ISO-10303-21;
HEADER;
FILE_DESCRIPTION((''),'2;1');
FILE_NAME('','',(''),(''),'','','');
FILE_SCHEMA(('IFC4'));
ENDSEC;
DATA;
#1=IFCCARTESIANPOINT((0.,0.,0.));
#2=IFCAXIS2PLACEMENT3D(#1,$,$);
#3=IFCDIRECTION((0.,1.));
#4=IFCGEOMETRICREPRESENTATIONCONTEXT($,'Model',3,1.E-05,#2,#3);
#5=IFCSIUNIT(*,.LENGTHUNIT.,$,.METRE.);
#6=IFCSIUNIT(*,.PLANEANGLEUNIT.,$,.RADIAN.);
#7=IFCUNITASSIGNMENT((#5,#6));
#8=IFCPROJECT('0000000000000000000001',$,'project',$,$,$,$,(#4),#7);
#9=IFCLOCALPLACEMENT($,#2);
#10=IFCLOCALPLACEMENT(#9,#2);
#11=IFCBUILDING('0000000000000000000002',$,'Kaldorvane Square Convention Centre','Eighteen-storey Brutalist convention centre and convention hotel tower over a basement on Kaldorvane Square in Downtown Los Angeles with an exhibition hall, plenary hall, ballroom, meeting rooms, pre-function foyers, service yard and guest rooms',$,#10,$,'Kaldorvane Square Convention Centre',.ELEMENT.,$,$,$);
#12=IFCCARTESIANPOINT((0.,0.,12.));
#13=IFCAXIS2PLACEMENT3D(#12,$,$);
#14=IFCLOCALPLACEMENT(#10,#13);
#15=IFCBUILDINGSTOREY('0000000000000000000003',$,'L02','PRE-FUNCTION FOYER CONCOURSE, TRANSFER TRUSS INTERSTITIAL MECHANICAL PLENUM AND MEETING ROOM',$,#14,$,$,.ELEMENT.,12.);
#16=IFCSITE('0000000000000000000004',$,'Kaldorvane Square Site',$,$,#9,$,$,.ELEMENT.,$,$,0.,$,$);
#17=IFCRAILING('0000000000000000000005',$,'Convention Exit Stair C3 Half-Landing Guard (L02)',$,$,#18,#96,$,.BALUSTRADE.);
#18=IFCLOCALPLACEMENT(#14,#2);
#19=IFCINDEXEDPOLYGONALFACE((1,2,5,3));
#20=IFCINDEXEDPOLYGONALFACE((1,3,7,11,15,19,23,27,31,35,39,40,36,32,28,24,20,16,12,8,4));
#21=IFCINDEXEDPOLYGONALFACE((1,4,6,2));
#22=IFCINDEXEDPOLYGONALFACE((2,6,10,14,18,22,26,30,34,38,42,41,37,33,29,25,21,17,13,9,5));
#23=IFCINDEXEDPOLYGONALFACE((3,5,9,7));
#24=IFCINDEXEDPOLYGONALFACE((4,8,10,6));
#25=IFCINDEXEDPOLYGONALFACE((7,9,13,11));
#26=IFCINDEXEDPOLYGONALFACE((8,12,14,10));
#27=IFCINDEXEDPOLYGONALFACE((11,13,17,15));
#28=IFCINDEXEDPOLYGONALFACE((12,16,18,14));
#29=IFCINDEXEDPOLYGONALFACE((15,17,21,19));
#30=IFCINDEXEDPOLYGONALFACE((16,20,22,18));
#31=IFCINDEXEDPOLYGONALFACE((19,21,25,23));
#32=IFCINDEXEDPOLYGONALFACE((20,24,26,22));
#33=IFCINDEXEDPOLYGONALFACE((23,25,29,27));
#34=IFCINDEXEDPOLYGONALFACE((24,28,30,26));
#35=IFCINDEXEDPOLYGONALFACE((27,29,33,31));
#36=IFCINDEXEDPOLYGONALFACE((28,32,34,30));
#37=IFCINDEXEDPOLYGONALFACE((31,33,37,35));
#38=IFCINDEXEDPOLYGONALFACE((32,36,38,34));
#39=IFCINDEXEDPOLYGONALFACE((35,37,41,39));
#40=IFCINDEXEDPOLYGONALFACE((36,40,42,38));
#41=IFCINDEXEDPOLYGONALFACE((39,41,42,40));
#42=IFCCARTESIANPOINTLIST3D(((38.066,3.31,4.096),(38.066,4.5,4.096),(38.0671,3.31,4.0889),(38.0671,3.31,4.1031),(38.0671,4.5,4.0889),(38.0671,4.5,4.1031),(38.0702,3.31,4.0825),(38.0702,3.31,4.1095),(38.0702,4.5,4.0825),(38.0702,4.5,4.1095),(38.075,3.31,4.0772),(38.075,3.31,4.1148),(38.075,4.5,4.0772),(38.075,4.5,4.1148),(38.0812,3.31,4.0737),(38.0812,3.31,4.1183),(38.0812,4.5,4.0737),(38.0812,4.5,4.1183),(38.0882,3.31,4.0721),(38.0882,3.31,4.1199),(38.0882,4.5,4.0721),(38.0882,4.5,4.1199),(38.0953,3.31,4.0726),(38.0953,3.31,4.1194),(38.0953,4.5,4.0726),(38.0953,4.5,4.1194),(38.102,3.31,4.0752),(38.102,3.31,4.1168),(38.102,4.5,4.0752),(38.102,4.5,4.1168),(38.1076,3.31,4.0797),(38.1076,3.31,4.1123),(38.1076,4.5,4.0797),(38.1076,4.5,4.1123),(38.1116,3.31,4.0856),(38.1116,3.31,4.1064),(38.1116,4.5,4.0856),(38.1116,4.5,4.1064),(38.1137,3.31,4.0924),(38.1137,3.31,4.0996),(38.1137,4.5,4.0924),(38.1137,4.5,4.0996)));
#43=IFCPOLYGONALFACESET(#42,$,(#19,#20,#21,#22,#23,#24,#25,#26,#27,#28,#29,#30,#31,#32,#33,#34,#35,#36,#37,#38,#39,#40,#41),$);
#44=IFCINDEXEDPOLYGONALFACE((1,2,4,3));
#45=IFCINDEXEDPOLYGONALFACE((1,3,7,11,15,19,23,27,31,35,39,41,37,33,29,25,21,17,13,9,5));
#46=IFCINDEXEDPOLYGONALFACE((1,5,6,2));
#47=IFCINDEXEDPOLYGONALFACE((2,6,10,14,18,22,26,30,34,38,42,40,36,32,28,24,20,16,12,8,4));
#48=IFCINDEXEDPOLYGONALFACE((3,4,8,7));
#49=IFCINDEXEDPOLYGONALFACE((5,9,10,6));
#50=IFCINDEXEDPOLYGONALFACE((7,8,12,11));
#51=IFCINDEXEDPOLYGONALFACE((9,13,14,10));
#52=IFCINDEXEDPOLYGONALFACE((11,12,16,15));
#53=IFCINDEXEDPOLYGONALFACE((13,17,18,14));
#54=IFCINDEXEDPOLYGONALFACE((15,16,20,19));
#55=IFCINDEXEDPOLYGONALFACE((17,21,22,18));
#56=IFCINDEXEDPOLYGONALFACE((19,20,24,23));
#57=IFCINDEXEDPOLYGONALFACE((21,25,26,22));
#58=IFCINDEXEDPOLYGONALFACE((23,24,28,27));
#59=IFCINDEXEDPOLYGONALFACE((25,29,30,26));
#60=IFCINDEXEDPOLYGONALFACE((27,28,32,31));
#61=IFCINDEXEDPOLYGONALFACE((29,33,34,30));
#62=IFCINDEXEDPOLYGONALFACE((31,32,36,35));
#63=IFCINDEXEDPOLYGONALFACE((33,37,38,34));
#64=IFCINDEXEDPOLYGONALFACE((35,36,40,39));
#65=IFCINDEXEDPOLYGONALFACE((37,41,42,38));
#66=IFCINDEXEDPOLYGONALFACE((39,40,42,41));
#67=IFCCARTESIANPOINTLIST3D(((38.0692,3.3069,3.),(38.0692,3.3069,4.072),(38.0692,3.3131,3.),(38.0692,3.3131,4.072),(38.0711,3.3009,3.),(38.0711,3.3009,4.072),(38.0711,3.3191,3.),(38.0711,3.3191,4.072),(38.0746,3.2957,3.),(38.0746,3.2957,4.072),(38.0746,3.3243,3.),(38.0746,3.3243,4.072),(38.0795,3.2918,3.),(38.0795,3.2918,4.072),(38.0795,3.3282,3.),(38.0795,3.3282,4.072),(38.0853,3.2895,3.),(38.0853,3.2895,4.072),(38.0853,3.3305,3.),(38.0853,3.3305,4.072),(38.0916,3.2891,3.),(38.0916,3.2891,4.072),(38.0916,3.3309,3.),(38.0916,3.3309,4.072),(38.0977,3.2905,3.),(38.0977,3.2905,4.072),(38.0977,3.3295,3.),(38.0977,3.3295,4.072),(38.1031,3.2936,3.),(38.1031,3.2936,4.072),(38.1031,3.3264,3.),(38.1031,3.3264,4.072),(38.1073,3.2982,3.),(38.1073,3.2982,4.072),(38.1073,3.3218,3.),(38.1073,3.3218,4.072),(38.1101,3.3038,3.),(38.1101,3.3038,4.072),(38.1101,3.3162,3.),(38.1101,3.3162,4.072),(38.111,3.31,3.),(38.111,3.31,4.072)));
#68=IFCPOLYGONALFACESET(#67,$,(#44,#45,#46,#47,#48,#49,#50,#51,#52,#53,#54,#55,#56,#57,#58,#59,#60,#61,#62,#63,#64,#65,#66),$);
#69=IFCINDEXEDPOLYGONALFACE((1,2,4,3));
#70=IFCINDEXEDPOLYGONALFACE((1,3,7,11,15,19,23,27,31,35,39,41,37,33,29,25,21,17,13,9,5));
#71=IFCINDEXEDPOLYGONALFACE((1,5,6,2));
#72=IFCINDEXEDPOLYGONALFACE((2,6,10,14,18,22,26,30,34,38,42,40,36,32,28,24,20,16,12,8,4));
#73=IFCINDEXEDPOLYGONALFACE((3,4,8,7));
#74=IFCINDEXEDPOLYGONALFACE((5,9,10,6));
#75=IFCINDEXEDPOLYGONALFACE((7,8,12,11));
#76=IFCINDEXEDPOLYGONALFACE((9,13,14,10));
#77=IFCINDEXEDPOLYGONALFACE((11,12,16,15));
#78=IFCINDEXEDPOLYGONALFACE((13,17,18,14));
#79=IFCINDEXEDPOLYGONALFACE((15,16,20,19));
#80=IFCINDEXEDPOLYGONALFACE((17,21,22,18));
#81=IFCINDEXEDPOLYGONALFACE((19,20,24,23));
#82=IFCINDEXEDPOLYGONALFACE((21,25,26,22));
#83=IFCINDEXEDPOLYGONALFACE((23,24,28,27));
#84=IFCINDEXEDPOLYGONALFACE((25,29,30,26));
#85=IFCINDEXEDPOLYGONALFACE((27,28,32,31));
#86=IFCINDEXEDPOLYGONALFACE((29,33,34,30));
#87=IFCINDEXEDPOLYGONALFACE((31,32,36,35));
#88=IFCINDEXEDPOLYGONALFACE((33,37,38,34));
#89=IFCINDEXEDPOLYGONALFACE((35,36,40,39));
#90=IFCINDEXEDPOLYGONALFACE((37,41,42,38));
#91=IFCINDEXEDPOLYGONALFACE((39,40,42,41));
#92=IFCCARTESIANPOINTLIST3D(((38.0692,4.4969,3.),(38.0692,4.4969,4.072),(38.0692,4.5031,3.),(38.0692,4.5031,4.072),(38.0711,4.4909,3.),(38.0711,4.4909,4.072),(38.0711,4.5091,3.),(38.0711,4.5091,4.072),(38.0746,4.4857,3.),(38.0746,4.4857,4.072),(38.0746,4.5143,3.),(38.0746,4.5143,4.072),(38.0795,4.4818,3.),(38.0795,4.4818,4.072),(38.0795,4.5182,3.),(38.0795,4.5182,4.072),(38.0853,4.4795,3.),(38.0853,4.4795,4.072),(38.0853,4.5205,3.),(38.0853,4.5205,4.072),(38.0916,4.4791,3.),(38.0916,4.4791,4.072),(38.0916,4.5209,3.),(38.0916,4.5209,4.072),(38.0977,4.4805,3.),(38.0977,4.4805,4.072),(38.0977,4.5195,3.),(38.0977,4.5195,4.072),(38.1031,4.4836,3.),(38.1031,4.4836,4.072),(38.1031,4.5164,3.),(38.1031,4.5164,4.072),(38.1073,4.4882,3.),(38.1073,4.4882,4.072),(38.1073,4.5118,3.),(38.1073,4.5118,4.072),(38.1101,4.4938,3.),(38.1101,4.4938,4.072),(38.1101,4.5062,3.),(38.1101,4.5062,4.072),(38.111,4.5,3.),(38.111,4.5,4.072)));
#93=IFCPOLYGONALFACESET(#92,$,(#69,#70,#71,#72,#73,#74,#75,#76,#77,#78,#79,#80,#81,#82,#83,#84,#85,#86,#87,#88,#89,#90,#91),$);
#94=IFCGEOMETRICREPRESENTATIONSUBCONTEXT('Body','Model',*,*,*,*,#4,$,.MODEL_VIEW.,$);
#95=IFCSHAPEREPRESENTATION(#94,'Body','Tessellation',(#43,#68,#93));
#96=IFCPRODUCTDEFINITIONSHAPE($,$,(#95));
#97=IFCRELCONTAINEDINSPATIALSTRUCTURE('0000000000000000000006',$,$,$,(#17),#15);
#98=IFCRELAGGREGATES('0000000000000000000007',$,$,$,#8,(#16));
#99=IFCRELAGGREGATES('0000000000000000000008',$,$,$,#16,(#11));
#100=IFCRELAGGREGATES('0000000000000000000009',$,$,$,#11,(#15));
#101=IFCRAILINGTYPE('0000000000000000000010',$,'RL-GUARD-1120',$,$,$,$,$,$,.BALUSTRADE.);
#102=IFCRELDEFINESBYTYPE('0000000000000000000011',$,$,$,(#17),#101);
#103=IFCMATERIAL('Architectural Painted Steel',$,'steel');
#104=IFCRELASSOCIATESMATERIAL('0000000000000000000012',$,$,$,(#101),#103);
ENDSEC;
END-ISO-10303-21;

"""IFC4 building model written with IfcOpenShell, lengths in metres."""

from ifc_helpers import new_model, si_unit, direction, frame, origin, origin_2d, place, context, subcontext, project, spatial, circle, extrude, material, type_object, element, save


model = new_model("IFC4")

# Units and contexts
model_context = context("Model", 3, precision=1e-05, world=origin(), true_north=direction((0.0, 1.0)))
body_context = subcontext(model_context, "Body", "Model", "MODEL_VIEW")
ifc_project = project(units=[si_unit("LENGTHUNIT", "METRE"), si_unit("PLANEANGLEUNIT", "RADIAN")], contexts=[model_context])

# Site, building, storey
site_placement = place(None, origin())
site = spatial("IfcSite", under=ifc_project, at=site_placement, Name="Kaldorvane Square Site", CompositionType="ELEMENT", RefElevation=0.0)
building_placement = place(site_placement, origin())
building = spatial("IfcBuilding", under=site, at=building_placement, Name="Kaldorvane Square Convention Centre", Description="Eighteen-storey Brutalist convention centre and convention hotel tower over a basement on Kaldorvane Square in Downtown Los Angeles with an exhibition hall, plenary hall, ballroom, meeting rooms, pre-function foyers, service yard and guest rooms", LongName="Kaldorvane Square Convention Centre", CompositionType="ELEMENT")
storey_placement = place(building_placement, frame((0.0, 0.0, 12.0)))
storey = spatial("IfcBuildingStorey", under=building, at=storey_placement, Name="L02", Description="PRE-FUNCTION FOYER CONCOURSE, TRANSFER TRUSS INTERSTITIAL MECHANICAL PLENUM AND MEETING ROOM", CompositionType="ELEMENT", Elevation=12.0)

# Railing
ifc_material_1 = material(Name="Architectural Painted Steel", Category="steel")
railing_type_1 = type_object("IfcRailingType", Name="RL-GUARD-1120", PredefinedType="BALUSTRADE", material=ifc_material_1)
for number, where, name in (
    (1, (38.09, 3.31, 3.0), "Convention Exit Stair C3 Half-Landing Guard (L02)"),
):
    element("IfcRailing", number, at=place(storey_placement, frame(where)), inside=storey, type_object=railing_type_1, Name=name, PredefinedType="BALUSTRADE", context=body_context, shape_type="SweptSolid", body=[
        extrude(circle(Radius=0.024, at=origin_2d()), frame((0.0, 0.0, 1.096), z_axis=(0.0, 1.0, 0.0), x_axis=(-1.0, 0.0, 0.0)), (0.0, 0.0, 1.0), 1.19),
        extrude(circle(Radius=0.021, at=origin_2d()), origin(), (0.0, 0.0, 1.0), 1.072),
        extrude(circle(Radius=0.021, at=origin_2d()), frame((0.0, 1.19, 0.0)), (0.0, 0.0, 1.0), 1.072),
    ])

save(model, "model.ifc")
